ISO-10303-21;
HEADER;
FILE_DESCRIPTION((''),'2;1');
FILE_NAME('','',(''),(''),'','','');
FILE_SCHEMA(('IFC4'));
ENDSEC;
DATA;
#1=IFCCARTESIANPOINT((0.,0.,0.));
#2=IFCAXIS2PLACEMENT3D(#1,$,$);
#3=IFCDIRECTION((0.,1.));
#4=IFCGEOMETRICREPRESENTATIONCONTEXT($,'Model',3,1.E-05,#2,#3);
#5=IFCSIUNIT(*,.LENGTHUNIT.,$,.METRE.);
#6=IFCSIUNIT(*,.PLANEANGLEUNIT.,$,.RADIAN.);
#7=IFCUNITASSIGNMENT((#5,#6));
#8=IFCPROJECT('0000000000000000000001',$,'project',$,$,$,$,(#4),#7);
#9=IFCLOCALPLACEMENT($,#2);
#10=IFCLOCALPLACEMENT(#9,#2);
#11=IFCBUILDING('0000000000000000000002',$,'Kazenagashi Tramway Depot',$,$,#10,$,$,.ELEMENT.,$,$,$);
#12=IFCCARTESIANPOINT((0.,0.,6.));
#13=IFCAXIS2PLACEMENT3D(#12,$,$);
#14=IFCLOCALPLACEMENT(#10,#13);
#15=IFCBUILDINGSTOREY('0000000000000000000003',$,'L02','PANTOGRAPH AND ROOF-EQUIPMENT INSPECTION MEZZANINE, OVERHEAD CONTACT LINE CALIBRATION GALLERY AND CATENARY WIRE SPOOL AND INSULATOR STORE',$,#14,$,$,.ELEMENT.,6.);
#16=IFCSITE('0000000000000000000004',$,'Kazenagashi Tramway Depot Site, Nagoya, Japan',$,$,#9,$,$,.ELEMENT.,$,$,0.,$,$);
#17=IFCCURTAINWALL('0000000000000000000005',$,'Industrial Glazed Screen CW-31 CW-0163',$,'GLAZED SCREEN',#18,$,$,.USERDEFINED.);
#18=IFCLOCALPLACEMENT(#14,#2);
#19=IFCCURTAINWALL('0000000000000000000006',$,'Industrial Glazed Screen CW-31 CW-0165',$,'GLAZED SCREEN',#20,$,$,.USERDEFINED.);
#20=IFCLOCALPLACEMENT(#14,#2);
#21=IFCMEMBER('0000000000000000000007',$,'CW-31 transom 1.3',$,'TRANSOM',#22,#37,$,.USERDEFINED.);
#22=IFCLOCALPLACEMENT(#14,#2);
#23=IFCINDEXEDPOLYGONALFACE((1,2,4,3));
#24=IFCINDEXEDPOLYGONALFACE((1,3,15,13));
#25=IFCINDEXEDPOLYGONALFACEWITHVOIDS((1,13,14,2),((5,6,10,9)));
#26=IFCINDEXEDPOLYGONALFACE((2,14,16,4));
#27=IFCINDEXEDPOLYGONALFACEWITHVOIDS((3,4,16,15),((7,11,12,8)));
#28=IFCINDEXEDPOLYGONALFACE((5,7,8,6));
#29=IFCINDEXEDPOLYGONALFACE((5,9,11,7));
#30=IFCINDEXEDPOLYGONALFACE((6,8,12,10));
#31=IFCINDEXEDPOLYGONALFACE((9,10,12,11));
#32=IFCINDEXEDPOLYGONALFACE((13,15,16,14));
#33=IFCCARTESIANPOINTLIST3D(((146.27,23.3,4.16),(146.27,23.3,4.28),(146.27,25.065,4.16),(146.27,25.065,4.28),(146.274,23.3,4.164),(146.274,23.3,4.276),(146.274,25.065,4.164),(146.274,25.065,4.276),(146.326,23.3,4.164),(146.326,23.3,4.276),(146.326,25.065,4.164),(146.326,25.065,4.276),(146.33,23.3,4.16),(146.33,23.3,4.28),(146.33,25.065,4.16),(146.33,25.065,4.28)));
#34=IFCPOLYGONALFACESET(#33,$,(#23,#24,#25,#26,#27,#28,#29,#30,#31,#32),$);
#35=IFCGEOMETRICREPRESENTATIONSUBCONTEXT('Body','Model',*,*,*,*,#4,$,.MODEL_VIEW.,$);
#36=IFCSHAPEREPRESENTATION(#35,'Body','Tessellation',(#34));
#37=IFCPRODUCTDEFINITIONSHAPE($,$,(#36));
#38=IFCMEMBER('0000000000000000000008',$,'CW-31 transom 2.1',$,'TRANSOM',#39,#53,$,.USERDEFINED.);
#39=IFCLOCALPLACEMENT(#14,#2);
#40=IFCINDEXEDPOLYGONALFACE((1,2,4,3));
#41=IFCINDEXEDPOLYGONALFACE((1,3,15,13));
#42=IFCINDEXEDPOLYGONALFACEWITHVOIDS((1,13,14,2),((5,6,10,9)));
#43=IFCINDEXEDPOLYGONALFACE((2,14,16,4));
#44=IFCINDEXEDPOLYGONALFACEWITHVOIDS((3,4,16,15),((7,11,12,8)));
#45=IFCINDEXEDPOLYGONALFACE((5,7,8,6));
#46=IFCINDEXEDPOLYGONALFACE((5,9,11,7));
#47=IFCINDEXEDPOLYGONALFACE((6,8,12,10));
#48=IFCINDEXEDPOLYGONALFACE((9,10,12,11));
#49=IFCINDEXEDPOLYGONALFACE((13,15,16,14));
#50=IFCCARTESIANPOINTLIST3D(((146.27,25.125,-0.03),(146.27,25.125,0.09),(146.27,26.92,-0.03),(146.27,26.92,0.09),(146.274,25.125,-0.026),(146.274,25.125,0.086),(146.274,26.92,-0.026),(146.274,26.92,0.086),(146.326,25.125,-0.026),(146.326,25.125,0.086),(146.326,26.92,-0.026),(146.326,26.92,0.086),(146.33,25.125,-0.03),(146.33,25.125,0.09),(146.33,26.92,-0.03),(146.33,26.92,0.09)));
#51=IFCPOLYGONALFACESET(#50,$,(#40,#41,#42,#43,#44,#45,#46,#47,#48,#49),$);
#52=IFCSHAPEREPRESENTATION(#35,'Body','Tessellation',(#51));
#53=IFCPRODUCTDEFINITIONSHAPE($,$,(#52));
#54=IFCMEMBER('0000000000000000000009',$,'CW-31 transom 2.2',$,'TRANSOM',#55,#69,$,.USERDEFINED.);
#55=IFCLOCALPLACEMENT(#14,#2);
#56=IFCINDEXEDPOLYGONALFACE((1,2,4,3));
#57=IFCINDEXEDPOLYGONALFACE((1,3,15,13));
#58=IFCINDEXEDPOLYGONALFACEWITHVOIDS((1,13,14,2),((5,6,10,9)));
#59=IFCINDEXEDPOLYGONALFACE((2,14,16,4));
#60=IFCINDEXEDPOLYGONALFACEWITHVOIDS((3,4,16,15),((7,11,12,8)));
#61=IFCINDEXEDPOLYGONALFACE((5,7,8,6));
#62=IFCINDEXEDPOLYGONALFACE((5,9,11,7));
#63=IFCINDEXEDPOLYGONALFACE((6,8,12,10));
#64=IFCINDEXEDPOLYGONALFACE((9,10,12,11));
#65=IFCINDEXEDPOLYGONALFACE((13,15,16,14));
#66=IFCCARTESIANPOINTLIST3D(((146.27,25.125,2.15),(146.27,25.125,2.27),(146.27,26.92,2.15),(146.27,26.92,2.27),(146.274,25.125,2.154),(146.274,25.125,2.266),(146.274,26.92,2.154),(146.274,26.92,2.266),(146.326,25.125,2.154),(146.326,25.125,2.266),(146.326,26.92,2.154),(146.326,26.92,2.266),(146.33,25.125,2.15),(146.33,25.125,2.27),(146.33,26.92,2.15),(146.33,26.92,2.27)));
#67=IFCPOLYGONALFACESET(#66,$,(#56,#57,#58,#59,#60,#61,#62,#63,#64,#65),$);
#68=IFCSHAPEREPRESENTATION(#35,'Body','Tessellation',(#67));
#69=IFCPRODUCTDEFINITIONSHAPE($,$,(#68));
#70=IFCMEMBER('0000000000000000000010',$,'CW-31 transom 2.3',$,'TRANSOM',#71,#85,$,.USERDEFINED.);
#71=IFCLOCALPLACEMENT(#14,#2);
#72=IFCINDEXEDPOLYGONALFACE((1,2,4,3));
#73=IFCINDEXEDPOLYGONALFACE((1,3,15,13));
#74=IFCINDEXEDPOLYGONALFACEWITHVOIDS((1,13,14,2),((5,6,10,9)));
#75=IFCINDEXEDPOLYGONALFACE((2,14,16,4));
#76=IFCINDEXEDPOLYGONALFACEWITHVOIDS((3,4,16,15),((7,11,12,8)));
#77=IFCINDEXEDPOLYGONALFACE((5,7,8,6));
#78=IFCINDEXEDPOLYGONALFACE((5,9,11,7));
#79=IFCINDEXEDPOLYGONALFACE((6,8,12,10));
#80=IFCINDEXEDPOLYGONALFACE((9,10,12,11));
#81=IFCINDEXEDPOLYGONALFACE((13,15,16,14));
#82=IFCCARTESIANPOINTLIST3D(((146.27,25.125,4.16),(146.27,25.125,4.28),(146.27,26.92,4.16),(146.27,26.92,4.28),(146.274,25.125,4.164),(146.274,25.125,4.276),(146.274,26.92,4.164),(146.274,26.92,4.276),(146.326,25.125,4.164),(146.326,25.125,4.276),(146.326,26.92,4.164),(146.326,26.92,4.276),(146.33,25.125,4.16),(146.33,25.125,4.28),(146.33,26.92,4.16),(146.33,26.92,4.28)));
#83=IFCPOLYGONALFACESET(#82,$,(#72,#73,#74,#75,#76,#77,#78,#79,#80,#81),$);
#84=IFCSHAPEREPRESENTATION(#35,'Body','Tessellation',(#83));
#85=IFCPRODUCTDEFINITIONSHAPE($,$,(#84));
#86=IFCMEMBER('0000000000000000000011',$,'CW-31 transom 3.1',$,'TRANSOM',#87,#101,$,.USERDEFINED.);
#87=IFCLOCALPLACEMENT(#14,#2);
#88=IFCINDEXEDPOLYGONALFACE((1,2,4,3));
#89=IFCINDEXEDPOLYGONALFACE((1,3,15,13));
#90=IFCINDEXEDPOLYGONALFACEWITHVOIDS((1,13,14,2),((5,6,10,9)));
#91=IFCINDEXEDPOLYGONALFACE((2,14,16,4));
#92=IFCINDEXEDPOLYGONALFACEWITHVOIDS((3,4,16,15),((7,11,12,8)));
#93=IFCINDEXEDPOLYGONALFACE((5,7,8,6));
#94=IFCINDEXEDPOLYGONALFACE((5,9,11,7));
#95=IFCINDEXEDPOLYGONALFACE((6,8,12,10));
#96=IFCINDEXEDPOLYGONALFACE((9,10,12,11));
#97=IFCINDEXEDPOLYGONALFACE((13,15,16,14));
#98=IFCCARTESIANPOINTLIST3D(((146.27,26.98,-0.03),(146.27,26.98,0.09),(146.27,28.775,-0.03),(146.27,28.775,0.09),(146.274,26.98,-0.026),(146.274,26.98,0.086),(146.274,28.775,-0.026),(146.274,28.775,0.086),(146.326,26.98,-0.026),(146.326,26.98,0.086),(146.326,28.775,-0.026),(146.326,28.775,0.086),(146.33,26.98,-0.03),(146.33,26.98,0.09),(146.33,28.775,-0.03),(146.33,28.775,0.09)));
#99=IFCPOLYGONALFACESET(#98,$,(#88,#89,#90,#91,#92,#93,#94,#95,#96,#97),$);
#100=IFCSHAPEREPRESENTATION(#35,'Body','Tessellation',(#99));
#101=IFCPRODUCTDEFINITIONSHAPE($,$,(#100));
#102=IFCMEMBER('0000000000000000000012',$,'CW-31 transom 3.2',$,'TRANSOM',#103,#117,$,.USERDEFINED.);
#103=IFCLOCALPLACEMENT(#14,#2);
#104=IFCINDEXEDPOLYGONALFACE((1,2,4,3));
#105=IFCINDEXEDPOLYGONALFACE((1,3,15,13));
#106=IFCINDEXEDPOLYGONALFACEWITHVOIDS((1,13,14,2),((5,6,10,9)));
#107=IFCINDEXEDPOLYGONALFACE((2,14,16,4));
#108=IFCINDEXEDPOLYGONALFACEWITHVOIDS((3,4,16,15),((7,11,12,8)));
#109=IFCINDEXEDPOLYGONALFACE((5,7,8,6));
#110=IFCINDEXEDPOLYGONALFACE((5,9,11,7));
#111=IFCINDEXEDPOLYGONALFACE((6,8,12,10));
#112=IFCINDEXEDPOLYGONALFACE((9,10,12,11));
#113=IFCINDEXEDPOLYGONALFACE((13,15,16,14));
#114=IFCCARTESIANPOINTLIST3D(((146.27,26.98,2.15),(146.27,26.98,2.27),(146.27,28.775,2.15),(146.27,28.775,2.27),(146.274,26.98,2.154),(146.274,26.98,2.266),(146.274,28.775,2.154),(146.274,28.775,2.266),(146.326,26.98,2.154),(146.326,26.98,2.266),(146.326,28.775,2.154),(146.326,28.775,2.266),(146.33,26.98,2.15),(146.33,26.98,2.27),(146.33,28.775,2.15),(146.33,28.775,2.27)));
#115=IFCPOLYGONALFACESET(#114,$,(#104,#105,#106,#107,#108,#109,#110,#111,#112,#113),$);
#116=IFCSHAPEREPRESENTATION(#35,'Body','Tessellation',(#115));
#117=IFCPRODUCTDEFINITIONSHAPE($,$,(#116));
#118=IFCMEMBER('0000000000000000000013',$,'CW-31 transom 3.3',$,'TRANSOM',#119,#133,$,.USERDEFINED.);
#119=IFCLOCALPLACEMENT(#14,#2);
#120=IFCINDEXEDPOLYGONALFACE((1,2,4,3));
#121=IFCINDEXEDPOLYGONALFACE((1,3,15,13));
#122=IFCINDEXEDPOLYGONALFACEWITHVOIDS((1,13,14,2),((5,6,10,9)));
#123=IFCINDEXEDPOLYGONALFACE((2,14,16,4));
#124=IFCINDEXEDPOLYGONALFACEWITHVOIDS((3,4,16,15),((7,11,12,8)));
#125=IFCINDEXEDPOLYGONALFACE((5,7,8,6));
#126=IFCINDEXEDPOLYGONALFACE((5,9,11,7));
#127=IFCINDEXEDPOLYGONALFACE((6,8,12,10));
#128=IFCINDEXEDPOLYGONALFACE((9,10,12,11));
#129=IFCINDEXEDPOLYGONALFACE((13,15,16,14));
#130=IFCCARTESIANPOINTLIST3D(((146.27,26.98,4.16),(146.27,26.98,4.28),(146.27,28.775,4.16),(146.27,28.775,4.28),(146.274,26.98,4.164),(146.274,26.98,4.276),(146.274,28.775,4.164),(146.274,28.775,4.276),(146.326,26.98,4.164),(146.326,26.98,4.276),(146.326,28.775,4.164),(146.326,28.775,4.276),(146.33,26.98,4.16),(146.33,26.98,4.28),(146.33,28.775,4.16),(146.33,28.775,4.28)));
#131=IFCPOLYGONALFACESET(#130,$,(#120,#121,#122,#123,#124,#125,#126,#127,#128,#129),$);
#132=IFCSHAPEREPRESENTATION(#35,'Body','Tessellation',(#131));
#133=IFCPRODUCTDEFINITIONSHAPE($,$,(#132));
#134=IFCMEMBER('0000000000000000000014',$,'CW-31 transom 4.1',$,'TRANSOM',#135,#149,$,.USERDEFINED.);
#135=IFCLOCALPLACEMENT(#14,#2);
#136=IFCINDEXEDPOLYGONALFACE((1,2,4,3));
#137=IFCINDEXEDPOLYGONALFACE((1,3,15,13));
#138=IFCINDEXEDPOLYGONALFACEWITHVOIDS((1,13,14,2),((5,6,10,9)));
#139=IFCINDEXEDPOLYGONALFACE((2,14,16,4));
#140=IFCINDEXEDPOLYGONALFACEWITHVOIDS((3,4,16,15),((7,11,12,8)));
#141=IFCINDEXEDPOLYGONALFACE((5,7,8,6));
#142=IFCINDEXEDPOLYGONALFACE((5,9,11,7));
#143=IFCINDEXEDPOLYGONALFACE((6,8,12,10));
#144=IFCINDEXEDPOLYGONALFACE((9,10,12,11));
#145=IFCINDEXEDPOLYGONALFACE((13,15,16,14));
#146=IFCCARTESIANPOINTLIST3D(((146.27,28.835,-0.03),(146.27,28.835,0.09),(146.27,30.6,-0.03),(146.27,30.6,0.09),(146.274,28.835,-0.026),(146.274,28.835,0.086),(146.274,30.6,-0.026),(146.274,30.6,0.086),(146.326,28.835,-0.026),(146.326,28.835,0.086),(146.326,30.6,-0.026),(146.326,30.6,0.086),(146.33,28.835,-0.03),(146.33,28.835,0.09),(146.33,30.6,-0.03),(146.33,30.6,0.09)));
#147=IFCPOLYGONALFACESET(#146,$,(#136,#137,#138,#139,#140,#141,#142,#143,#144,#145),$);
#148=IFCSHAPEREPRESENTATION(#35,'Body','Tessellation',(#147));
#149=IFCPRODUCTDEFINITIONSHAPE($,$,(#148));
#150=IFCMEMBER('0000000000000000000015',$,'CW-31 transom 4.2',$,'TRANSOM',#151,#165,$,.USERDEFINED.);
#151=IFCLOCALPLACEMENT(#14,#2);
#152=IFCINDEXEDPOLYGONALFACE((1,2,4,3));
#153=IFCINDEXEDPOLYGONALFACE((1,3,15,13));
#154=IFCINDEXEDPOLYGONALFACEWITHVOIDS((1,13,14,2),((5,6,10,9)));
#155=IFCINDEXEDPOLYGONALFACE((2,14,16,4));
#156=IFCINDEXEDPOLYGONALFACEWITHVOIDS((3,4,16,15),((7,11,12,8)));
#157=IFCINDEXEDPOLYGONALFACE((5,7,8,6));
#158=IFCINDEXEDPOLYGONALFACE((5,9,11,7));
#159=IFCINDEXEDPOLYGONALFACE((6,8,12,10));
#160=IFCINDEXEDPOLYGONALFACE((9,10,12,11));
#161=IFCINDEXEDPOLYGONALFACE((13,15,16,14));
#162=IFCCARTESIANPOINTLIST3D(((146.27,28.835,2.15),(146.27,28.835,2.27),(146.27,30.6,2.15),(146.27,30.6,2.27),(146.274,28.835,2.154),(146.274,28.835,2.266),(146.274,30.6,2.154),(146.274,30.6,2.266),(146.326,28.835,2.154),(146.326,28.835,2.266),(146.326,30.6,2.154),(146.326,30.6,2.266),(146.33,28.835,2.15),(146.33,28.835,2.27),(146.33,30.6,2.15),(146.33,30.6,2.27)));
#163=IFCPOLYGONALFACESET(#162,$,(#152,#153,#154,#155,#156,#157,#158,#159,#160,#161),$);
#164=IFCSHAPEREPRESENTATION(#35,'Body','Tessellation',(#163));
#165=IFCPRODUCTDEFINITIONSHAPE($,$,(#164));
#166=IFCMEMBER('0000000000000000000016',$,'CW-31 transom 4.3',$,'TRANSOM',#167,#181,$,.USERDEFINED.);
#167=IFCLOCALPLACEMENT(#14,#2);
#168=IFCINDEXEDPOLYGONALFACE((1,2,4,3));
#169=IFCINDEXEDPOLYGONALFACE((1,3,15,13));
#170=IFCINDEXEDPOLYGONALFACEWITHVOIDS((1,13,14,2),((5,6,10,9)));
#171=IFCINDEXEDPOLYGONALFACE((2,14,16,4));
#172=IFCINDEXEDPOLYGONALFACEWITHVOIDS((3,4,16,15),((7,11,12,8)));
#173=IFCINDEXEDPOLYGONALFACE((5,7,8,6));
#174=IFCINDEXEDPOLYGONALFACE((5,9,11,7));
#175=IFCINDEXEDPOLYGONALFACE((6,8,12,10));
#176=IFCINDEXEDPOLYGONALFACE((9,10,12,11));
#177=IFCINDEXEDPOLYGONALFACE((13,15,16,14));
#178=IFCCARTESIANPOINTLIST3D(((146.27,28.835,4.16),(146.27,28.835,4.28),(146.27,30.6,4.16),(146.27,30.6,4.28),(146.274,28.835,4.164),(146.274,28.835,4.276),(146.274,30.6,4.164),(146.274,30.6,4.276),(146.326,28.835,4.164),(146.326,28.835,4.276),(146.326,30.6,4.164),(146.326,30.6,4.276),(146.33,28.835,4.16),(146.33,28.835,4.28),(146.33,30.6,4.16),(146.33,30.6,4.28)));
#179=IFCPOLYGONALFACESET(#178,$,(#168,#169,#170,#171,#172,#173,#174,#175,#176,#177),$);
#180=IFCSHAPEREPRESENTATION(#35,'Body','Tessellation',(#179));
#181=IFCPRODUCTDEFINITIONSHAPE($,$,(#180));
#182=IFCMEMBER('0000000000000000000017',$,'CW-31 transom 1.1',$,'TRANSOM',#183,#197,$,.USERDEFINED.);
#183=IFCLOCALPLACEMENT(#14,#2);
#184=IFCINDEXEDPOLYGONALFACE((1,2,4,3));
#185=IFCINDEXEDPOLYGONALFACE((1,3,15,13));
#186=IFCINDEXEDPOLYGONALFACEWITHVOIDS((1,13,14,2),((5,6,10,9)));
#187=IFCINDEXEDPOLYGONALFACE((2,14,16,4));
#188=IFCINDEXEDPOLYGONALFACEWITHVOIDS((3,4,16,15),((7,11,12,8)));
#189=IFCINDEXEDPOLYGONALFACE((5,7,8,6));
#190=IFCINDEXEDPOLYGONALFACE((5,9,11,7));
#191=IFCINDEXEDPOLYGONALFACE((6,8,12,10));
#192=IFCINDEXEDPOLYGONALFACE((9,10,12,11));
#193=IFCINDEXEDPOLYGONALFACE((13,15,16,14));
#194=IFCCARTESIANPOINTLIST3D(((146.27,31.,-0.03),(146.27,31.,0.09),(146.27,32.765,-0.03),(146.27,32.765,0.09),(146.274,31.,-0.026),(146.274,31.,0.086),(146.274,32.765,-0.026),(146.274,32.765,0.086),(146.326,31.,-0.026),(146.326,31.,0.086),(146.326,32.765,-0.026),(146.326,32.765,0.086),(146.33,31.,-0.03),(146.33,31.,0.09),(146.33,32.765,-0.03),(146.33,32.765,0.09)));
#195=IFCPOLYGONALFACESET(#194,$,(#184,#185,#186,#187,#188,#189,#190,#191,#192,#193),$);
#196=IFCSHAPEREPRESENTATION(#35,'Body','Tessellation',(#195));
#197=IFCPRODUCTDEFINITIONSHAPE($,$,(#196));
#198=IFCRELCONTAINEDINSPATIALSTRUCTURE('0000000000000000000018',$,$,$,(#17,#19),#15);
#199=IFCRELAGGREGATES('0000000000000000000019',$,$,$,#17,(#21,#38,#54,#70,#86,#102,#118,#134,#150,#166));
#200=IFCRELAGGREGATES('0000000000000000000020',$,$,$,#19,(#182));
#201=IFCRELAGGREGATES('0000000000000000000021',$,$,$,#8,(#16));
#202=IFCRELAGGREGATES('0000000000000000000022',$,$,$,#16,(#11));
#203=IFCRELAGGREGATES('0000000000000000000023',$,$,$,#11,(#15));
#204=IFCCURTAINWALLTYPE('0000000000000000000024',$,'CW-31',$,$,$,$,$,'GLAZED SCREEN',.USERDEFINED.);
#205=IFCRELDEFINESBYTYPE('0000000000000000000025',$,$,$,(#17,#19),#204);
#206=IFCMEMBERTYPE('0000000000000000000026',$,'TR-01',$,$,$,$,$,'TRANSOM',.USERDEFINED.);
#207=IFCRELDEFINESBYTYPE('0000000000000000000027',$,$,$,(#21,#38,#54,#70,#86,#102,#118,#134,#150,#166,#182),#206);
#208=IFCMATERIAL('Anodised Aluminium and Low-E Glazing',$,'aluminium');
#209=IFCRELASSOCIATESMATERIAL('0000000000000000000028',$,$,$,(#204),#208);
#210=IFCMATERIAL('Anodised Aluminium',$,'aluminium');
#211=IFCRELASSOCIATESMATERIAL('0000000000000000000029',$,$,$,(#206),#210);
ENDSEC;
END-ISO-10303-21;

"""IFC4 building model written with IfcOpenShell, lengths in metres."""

from ifc_helpers import new_model, si_unit, direction, frame, origin, origin_2d, place, context, subcontext, project, spatial, hollow_rectangle, extrude, material, material_profile, profile_set, type_object, element, aggregate, save


model = new_model("IFC4")

# Units and contexts
model_context = context("Model", 3, precision=1e-05, world=origin(), true_north=direction((0.0, 1.0)))
body_context = subcontext(model_context, "Body", "Model", "MODEL_VIEW")
ifc_project = project(units=[si_unit("LENGTHUNIT", "METRE"), si_unit("PLANEANGLEUNIT", "RADIAN")], contexts=[model_context])

# Site, building, storey
site_placement = place(None, origin())
site = spatial("IfcSite", under=ifc_project, at=site_placement, Name="Kazenagashi Tramway Depot Site, Nagoya, Japan", CompositionType="ELEMENT", RefElevation=0.0)
building_placement = place(site_placement, origin())
building = spatial("IfcBuilding", under=site, at=building_placement, Name="Kazenagashi Tramway Depot", CompositionType="ELEMENT")
storey_placement = place(building_placement, frame((0.0, 0.0, 6.0)))
storey = spatial("IfcBuildingStorey", under=building, at=storey_placement, Name="L02", Description="PANTOGRAPH AND ROOF-EQUIPMENT INSPECTION MEZZANINE, OVERHEAD CONTACT LINE CALIBRATION GALLERY AND CATENARY WIRE SPOOL AND INSULATOR STORE", CompositionType="ELEMENT", Elevation=6.0)

# Curtain walls
ifc_material_1 = material(Name="Anodised Aluminium and Low-E Glazing", Category="aluminium")
curtain_wall_type = type_object("IfcCurtainWallType", Name="CW-31", ElementType="GLAZED SCREEN", PredefinedType="USERDEFINED", material=ifc_material_1)
curtain_wall_1_placement = place(storey_placement, origin())
curtain_wall_1 = element("IfcCurtainWall", 1, at=curtain_wall_1_placement, inside=storey, type_object=curtain_wall_type, Name="Industrial Glazed Screen CW-31 CW-0163", ObjectType="GLAZED SCREEN", PredefinedType="USERDEFINED")
ifc_material_2 = material(Name="Anodised Aluminium", Category="aluminium")
curtain_wall_2_placement = place(storey_placement, origin())
curtain_wall_2 = element("IfcCurtainWall", 2, at=curtain_wall_2_placement, inside=storey, type_object=curtain_wall_type, Name="Industrial Glazed Screen CW-31 CW-0165", ObjectType="GLAZED SCREEN", PredefinedType="USERDEFINED")

# Members
ifc_material_profile_1 = material_profile(ifc_material_2, hollow_rectangle(XDim=0.06, YDim=0.12, WallThickness=0.004, at=origin_2d()), Name="RHS-120x60x4")
ifc_profile_set_1 = profile_set([ifc_material_profile_1], Name="Anodised Aluminium")
member_type_1 = type_object("IfcMemberType", Name="TR-01", ElementType="TRANSOM", PredefinedType="USERDEFINED", material=ifc_profile_set_1)
member_1_placement = place(storey_placement, frame((146.3, 23.3, 4.22), z_axis=(0.0, 1.0, 0.0), x_axis=(-1.0, 0.0, 0.0)))
member_1 = element("IfcMember", 3, at=member_1_placement, type_object=member_type_1, Name="CW-31 transom 1.3", ObjectType="TRANSOM", PredefinedType="USERDEFINED", context=body_context, shape_type="SweptSolid", body=[
    extrude(hollow_rectangle(XDim=0.06, YDim=0.12, WallThickness=0.004, at=origin_2d()), origin(), (0.0, 0.0, 1.0), 1.765),
])
member_2_placement = place(storey_placement, frame((146.3, 25.125, 0.03), z_axis=(0.0, 1.0, 0.0), x_axis=(-1.0, 0.0, 0.0)))
member_2 = element("IfcMember", 4, at=member_2_placement, type_object=member_type_1, Name="CW-31 transom 2.1", ObjectType="TRANSOM", PredefinedType="USERDEFINED", context=body_context, shape_type="SweptSolid", body=[
    extrude(hollow_rectangle(XDim=0.06, YDim=0.12, WallThickness=0.004, at=origin_2d()), origin(), (0.0, 0.0, 1.0), 1.795),
])
member_3_placement = place(storey_placement, frame((146.3, 25.125, 2.21), z_axis=(0.0, 1.0, 0.0), x_axis=(-1.0, 0.0, 0.0)))
member_3 = element("IfcMember", 5, at=member_3_placement, type_object=member_type_1, Name="CW-31 transom 2.2", ObjectType="TRANSOM", PredefinedType="USERDEFINED", context=body_context, shape_type="SweptSolid", body=[
    extrude(hollow_rectangle(XDim=0.06, YDim=0.12, WallThickness=0.004, at=origin_2d()), origin(), (0.0, 0.0, 1.0), 1.795),
])
member_4_placement = place(storey_placement, frame((146.3, 25.125, 4.22), z_axis=(0.0, 1.0, 0.0), x_axis=(-1.0, 0.0, 0.0)))
member_4 = element("IfcMember", 6, at=member_4_placement, type_object=member_type_1, Name="CW-31 transom 2.3", ObjectType="TRANSOM", PredefinedType="USERDEFINED", context=body_context, shape_type="SweptSolid", body=[
    extrude(hollow_rectangle(XDim=0.06, YDim=0.12, WallThickness=0.004, at=origin_2d()), origin(), (0.0, 0.0, 1.0), 1.795),
])
member_5_placement = place(storey_placement, frame((146.3, 26.98, 0.03), z_axis=(0.0, 1.0, 0.0), x_axis=(-1.0, 0.0, 0.0)))
member_5 = element("IfcMember", 7, at=member_5_placement, type_object=member_type_1, Name="CW-31 transom 3.1", ObjectType="TRANSOM", PredefinedType="USERDEFINED", context=body_context, shape_type="SweptSolid", body=[
    extrude(hollow_rectangle(XDim=0.06, YDim=0.12, WallThickness=0.004, at=origin_2d()), origin(), (0.0, 0.0, 1.0), 1.795),
])
member_6_placement = place(storey_placement, frame((146.3, 26.98, 2.21), z_axis=(0.0, 1.0, 0.0), x_axis=(-1.0, 0.0, 0.0)))
member_6 = element("IfcMember", 8, at=member_6_placement, type_object=member_type_1, Name="CW-31 transom 3.2", ObjectType="TRANSOM", PredefinedType="USERDEFINED", context=body_context, shape_type="SweptSolid", body=[
    extrude(hollow_rectangle(XDim=0.06, YDim=0.12, WallThickness=0.004, at=origin_2d()), origin(), (0.0, 0.0, 1.0), 1.795),
])
member_7_placement = place(storey_placement, frame((146.3, 26.98, 4.22), z_axis=(0.0, 1.0, 0.0), x_axis=(-1.0, 0.0, 0.0)))
member_7 = element("IfcMember", 9, at=member_7_placement, type_object=member_type_1, Name="CW-31 transom 3.3", ObjectType="TRANSOM", PredefinedType="USERDEFINED", context=body_context, shape_type="SweptSolid", body=[
    extrude(hollow_rectangle(XDim=0.06, YDim=0.12, WallThickness=0.004, at=origin_2d()), origin(), (0.0, 0.0, 1.0), 1.795),
])
member_8_placement = place(storey_placement, frame((146.3, 28.835, 0.03), z_axis=(0.0, 1.0, 0.0), x_axis=(-1.0, 0.0, 0.0)))
member_8 = element("IfcMember", 10, at=member_8_placement, type_object=member_type_1, Name="CW-31 transom 4.1", ObjectType="TRANSOM", PredefinedType="USERDEFINED", context=body_context, shape_type="SweptSolid", body=[
    extrude(hollow_rectangle(XDim=0.06, YDim=0.12, WallThickness=0.004, at=origin_2d()), origin(), (0.0, 0.0, 1.0), 1.765),
])
member_9_placement = place(storey_placement, frame((146.3, 28.835, 2.21), z_axis=(0.0, 1.0, 0.0), x_axis=(-1.0, 0.0, 0.0)))
member_9 = element("IfcMember", 11, at=member_9_placement, type_object=member_type_1, Name="CW-31 transom 4.2", ObjectType="TRANSOM", PredefinedType="USERDEFINED", context=body_context, shape_type="SweptSolid", body=[
    extrude(hollow_rectangle(XDim=0.06, YDim=0.12, WallThickness=0.004, at=origin_2d()), origin(), (0.0, 0.0, 1.0), 1.765),
])
member_10_placement = place(storey_placement, frame((146.3, 28.835, 4.22), z_axis=(0.0, 1.0, 0.0), x_axis=(-1.0, 0.0, 0.0)))
member_10 = element("IfcMember", 12, at=member_10_placement, type_object=member_type_1, Name="CW-31 transom 4.3", ObjectType="TRANSOM", PredefinedType="USERDEFINED", context=body_context, shape_type="SweptSolid", body=[
    extrude(hollow_rectangle(XDim=0.06, YDim=0.12, WallThickness=0.004, at=origin_2d()), origin(), (0.0, 0.0, 1.0), 1.765),
])
member_11_placement = place(storey_placement, frame((146.3, 31.0, 0.03), z_axis=(0.0, 1.0, 0.0), x_axis=(-1.0, 0.0, 0.0)))
member_11 = element("IfcMember", 13, at=member_11_placement, type_object=member_type_1, Name="CW-31 transom 1.1", ObjectType="TRANSOM", PredefinedType="USERDEFINED", context=body_context, shape_type="SweptSolid", body=[
    extrude(hollow_rectangle(XDim=0.06, YDim=0.12, WallThickness=0.004, at=origin_2d()), origin(), (0.0, 0.0, 1.0), 1.765),
])

aggregate(curtain_wall_1, [member_1, member_2, member_3, member_4, member_5, member_6, member_7, member_8, member_9, member_10])
aggregate(curtain_wall_2, [member_11])

save(model, "model.ifc")
